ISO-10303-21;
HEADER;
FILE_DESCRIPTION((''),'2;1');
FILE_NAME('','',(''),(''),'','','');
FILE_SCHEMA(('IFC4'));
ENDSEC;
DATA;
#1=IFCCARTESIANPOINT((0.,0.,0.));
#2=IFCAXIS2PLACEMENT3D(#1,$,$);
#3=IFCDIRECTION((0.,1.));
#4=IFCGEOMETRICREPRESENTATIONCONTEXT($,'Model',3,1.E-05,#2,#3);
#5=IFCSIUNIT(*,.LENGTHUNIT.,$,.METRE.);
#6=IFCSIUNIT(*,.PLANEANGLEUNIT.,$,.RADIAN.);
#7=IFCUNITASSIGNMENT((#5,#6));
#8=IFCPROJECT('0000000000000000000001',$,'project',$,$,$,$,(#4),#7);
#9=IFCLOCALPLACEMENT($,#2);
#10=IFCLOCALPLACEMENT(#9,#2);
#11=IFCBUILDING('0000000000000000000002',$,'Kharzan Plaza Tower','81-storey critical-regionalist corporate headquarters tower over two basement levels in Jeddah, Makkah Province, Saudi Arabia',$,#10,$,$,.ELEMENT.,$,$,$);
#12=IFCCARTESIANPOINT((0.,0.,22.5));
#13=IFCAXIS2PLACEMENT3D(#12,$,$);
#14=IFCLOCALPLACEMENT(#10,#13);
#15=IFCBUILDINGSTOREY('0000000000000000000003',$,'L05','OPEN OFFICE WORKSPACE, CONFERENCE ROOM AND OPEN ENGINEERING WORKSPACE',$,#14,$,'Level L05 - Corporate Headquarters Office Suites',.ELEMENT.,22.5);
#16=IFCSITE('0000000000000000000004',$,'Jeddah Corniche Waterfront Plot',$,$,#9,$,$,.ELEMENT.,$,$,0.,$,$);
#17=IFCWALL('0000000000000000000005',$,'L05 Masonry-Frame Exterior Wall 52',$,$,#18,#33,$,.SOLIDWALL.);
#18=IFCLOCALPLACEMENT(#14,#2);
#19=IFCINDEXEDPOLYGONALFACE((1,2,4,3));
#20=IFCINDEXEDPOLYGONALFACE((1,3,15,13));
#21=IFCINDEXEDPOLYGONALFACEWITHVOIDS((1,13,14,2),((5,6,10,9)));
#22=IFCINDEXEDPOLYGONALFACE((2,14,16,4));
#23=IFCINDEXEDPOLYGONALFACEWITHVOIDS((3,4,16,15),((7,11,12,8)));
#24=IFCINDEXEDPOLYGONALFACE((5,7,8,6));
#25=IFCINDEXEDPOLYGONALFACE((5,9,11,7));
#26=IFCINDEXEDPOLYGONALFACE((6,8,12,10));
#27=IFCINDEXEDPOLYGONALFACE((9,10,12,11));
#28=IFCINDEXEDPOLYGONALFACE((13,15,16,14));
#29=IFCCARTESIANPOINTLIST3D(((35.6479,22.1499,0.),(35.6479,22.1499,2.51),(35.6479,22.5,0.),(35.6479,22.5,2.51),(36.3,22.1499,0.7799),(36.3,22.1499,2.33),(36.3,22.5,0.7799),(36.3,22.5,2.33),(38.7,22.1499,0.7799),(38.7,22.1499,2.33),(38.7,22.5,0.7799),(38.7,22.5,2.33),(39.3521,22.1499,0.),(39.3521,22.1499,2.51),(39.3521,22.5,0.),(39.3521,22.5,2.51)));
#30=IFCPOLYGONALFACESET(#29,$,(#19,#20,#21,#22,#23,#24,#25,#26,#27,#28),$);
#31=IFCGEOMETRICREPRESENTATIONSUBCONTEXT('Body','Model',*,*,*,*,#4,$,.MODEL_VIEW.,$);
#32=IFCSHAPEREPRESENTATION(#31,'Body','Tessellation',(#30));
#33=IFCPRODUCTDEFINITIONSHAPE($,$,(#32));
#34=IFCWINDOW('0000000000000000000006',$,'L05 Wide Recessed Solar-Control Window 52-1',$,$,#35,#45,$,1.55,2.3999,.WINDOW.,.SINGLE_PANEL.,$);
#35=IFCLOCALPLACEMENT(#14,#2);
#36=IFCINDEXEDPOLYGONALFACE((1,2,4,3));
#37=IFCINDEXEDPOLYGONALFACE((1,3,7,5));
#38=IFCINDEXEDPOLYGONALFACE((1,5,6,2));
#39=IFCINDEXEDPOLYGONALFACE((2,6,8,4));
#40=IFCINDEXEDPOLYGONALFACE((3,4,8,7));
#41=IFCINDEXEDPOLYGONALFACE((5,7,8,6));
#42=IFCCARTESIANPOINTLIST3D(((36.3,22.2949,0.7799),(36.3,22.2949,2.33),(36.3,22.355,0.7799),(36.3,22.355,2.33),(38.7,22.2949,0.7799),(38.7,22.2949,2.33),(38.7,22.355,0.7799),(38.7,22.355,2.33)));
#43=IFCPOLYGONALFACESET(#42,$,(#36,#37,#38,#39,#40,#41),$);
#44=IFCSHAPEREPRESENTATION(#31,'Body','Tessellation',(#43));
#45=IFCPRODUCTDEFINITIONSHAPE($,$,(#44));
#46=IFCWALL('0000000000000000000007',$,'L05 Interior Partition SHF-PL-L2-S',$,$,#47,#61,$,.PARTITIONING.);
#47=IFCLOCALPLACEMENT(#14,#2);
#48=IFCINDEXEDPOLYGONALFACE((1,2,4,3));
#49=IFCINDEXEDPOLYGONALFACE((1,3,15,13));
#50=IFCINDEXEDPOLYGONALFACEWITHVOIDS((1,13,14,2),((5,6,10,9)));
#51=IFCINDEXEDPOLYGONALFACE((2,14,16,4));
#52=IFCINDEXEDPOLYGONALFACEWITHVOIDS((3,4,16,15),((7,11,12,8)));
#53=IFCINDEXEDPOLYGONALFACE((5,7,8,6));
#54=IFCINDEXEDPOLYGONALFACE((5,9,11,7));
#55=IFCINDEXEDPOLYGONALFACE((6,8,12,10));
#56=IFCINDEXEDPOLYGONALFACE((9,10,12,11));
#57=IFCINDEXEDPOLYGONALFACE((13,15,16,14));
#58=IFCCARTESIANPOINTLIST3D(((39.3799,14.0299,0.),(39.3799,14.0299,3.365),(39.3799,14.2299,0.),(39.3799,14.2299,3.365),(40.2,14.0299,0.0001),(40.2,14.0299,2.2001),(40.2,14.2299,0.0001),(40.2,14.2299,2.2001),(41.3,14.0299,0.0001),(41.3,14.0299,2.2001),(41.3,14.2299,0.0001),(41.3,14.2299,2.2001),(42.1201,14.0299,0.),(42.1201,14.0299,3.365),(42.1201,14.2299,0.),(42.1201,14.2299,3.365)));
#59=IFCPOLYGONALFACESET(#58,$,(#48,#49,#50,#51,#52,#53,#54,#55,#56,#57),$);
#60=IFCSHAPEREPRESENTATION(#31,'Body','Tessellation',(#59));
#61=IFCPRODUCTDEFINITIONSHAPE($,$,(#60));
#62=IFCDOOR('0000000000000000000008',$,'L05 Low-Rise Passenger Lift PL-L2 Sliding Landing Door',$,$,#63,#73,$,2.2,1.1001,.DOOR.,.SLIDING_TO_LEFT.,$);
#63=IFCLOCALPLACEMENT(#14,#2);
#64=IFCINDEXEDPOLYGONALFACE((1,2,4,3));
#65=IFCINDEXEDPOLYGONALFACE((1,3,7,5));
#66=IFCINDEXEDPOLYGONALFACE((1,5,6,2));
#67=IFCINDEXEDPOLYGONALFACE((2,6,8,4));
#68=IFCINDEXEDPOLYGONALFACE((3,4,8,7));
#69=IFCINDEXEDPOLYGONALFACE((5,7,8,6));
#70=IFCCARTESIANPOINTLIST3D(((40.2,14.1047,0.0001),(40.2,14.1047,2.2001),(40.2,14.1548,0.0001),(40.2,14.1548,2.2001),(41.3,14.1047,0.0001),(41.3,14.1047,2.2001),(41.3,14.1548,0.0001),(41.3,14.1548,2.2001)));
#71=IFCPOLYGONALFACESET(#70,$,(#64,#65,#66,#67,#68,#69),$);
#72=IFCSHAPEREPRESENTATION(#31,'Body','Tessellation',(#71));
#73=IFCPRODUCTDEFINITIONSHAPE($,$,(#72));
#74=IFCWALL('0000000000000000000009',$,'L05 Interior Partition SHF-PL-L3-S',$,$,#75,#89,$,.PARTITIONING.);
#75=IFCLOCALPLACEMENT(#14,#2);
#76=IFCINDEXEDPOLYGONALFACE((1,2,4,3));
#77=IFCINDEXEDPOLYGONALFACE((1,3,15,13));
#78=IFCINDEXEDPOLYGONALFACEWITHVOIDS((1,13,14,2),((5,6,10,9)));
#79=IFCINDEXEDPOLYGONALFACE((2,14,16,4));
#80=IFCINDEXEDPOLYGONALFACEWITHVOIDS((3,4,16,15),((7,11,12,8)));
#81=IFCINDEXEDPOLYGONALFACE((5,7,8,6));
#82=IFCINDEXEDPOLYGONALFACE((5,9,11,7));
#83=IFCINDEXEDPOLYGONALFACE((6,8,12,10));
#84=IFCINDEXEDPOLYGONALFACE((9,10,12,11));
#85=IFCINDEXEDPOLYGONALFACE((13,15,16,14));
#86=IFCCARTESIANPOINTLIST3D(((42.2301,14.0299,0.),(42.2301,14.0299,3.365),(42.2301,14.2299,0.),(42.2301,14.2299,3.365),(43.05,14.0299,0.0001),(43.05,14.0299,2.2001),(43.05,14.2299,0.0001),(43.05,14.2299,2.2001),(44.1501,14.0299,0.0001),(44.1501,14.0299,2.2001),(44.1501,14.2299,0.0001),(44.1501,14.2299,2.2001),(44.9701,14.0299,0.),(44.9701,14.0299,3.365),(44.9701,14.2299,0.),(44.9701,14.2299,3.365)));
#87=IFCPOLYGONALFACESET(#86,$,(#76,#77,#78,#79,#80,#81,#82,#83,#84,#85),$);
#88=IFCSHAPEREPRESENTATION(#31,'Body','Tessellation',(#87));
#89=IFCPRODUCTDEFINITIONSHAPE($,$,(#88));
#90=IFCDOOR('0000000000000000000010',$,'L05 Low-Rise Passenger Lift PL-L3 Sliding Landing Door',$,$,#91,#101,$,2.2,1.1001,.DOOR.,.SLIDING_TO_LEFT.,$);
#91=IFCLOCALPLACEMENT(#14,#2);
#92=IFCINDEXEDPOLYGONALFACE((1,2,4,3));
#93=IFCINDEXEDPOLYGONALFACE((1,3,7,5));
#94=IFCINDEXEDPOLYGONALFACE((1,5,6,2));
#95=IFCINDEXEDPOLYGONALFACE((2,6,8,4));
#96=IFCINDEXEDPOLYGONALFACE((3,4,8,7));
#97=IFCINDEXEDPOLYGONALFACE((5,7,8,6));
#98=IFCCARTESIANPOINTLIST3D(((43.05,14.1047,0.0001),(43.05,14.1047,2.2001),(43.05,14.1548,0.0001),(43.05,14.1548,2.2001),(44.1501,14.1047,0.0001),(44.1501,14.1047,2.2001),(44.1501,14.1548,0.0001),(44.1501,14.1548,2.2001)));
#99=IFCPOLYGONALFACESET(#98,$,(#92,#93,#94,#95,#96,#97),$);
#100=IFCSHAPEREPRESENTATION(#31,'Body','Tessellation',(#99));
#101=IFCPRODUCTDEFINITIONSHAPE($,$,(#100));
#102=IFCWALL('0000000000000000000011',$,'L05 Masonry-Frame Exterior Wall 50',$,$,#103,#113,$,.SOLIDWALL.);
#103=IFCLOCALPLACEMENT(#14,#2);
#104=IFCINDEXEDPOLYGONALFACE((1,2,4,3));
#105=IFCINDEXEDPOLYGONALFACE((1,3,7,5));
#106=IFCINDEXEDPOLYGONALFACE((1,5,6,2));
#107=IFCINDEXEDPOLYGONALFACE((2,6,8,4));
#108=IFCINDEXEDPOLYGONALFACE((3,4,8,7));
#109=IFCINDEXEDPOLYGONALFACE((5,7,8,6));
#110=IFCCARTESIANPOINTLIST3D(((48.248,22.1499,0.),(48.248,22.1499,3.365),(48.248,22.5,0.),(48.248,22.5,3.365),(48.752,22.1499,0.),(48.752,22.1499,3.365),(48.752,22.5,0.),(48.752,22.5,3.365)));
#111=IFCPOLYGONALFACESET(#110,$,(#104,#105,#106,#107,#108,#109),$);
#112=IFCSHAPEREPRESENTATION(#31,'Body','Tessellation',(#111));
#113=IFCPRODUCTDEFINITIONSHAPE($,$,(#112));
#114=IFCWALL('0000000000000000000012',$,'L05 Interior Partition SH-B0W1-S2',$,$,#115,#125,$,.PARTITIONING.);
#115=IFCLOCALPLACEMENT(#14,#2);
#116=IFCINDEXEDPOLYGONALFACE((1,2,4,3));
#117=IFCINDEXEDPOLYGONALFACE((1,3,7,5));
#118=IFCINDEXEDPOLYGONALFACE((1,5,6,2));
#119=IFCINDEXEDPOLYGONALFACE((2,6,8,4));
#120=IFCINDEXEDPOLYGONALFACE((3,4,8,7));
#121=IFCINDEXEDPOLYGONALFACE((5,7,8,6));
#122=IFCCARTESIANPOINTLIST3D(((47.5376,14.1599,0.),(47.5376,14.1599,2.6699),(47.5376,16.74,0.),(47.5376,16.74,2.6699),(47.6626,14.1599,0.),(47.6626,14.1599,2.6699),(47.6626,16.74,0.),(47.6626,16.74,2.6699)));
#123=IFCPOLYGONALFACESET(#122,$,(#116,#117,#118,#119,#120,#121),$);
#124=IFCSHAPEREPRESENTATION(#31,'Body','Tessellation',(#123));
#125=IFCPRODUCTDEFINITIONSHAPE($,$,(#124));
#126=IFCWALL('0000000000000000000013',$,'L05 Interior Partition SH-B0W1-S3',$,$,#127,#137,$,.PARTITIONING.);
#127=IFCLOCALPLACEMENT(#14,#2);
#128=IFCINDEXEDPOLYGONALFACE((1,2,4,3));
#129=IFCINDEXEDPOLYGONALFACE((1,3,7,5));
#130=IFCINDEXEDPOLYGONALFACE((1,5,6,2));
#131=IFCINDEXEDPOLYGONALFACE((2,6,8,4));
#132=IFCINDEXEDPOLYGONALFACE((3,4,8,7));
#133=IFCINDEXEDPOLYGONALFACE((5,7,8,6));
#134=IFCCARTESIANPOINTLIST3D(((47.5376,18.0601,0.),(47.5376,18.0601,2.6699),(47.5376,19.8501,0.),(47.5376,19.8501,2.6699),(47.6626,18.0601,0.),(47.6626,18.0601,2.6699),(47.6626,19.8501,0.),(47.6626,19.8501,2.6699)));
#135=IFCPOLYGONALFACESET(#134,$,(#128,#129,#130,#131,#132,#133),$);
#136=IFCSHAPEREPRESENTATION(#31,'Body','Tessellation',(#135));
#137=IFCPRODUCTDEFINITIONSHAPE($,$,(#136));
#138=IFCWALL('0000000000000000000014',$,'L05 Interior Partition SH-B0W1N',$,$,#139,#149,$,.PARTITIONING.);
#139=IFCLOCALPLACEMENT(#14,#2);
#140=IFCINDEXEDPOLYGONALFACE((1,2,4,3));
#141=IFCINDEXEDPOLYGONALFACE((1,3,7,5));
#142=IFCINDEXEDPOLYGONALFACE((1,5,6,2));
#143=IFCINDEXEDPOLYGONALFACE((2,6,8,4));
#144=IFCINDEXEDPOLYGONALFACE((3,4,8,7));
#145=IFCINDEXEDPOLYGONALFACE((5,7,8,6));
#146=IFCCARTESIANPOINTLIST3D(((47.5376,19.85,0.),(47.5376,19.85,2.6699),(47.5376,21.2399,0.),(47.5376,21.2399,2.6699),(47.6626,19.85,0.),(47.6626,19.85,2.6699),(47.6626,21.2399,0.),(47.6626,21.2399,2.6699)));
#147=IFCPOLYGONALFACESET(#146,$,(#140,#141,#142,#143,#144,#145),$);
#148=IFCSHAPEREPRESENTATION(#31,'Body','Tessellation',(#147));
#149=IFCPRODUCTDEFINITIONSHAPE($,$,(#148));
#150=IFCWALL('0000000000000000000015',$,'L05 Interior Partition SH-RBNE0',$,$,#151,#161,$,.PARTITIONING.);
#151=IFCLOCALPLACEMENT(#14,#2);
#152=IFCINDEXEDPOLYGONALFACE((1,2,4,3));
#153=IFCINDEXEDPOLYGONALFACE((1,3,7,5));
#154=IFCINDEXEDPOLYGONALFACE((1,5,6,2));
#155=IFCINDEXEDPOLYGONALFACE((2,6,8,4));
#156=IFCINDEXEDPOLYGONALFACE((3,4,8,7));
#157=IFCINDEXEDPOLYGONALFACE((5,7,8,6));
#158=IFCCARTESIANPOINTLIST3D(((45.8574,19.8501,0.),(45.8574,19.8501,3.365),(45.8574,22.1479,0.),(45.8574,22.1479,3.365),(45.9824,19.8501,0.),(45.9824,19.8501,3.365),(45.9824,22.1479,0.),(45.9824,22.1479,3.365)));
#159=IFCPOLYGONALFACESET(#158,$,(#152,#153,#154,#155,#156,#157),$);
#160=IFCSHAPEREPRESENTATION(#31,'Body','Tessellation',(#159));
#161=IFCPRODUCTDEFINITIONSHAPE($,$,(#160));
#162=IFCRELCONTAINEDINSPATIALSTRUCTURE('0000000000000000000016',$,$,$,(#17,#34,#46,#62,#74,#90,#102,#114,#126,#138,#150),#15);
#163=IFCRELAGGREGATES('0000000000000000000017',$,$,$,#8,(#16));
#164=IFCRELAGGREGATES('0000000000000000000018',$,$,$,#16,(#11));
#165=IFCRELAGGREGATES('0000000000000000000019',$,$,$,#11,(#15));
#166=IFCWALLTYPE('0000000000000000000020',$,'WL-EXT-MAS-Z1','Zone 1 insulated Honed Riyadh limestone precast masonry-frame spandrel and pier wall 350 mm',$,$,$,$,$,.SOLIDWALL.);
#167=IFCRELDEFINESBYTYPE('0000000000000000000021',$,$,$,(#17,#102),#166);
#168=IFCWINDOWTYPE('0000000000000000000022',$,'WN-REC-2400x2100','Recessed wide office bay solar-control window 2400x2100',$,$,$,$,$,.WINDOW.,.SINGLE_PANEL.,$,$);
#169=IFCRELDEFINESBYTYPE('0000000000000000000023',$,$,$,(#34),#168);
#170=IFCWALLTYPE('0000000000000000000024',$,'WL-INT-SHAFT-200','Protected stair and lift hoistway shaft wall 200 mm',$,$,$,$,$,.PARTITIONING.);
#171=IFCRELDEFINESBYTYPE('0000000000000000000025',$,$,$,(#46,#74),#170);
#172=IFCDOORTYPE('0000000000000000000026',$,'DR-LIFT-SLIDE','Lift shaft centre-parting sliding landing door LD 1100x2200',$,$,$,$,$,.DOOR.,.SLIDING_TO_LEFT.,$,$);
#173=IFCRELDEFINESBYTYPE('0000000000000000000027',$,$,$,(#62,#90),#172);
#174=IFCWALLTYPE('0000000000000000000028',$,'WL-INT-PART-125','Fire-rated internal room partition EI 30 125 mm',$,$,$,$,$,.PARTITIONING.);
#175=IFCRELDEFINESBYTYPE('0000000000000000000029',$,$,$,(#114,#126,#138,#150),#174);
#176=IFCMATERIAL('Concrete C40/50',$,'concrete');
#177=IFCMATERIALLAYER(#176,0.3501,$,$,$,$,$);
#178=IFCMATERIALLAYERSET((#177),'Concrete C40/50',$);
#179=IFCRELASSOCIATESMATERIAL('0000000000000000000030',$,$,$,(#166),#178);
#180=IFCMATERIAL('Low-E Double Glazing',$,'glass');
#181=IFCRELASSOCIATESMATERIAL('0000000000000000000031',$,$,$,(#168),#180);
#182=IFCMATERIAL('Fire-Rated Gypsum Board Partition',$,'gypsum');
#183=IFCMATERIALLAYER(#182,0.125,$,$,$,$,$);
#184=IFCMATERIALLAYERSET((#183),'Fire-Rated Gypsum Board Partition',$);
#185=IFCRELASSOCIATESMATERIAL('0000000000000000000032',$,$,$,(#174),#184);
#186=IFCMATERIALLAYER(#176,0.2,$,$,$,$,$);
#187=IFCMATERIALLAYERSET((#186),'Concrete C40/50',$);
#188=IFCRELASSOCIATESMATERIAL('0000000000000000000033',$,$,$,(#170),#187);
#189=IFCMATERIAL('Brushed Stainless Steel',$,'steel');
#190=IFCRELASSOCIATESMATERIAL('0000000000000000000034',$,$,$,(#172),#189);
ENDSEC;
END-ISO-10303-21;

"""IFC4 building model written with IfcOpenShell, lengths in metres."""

from ifc_helpers import new_model, si_unit, direction, frame, frame_2d, origin, place, context, subcontext, project, spatial, rectangle, extrude, source, transform, mapped, material, layer, layer_set, type_object, element, fill, save


model = new_model("IFC4")

# Units and contexts
model_context = context("Model", 3, precision=1e-05, world=origin(), true_north=direction((0.0, 1.0)))
body_context = subcontext(model_context, "Body", "Model", "MODEL_VIEW")
ifc_project = project(units=[si_unit("LENGTHUNIT", "METRE"), si_unit("PLANEANGLEUNIT", "RADIAN")], contexts=[model_context])

# Site, building, storey
site_placement = place(None, origin())
site = spatial("IfcSite", under=ifc_project, at=site_placement, Name="Jeddah Corniche Waterfront Plot", CompositionType="ELEMENT", RefElevation=0.0)
building_placement = place(site_placement, origin())
building = spatial("IfcBuilding", under=site, at=building_placement, Name="Kharzan Plaza Tower", Description="81-storey critical-regionalist corporate headquarters tower over two basement levels in Jeddah, Makkah Province, Saudi Arabia", CompositionType="ELEMENT")
storey_placement = place(building_placement, frame((0.0, 0.0, 22.5)))
storey = spatial("IfcBuildingStorey", under=building, at=storey_placement, Name="L05", Description="OPEN OFFICE WORKSPACE, CONFERENCE ROOM AND OPEN ENGINEERING WORKSPACE", LongName="Level L05 - Corporate Headquarters Office Suites", CompositionType="ELEMENT", Elevation=22.5)

# Shared definitions
ifc_material_1 = material(Name="Concrete C40/50", Category="concrete")
ifc_layer_1 = layer(ifc_material_1, 0.3501)
ifc_layer_set_1 = layer_set([ifc_layer_1], Name="Concrete C40/50")
wall_type_1 = type_object("IfcWallType", Name="WL-EXT-MAS-Z1", Description="Zone 1 insulated Honed Riyadh limestone precast masonry-frame spandrel and pier wall 350 mm", PredefinedType="SOLIDWALL", material=ifc_layer_set_1)
ifc_material_2 = material(Name="Low-E Double Glazing", Category="glass")

# Wall, opening, window
wall_1_placement = place(storey_placement, frame((39.3521, 22.325, 0.0), z_axis=(0.0, 0.0, 1.0), x_axis=(-1.0, 0.0, 0.0)))
wall_1 = element("IfcWall", 1, at=wall_1_placement, inside=storey, type_object=wall_type_1, Name="L05 Masonry-Frame Exterior Wall 52", PredefinedType="SOLIDWALL", context=body_context, shape_type="SweptSolid", body=[
    extrude(rectangle(XDim=3.7041, YDim=0.3501, at=frame_2d((1.8521, 0.0))), origin(), (0.0, 0.0, 1.0), 2.51),
])
opening_1_placement = place(wall_1_placement, frame((0.6521, 0.0, 0.78)))
opening_1 = element("IfcOpeningElement", 2, at=opening_1_placement, cuts=wall_1, PredefinedType="OPENING", context=body_context, shape_type="SweptSolid", body=[
    extrude(rectangle(XDim=2.3999, YDim=1.55, at=frame_2d((1.2, 0.7749))), frame((0.0, 0.1851, 0.0), z_axis=(0.0, -1.0, 0.0), x_axis=(1.0, 0.0, 0.0)), (0.0, 0.0, 1.0), 0.3701),
])
window_type_1 = type_object("IfcWindowType", Name="WN-REC-2400x2100", Description="Recessed wide office bay solar-control window 2400x2100", PartitioningType="SINGLE_PANEL", PredefinedType="WINDOW", material=ifc_material_2)
shared_shape_1 = source(origin(), body_context, "Body", "SweptSolid", [
    extrude(rectangle(XDim=2.3999, YDim=1.55, at=frame_2d((1.2, 0.7749))), frame((0.0, 0.03, 0.0), z_axis=(0.0, -1.0, 0.0), x_axis=(1.0, 0.0, 0.0)), (0.0, 0.0, 1.0), 0.0601),
])
window_1_placement = place(opening_1_placement, origin())
window_1 = element("IfcWindow", 3, at=window_1_placement, inside=storey, type_object=window_type_1, Name="L05 Wide Recessed Solar-Control Window 52-1", OverallHeight=1.55, OverallWidth=2.3999, PartitioningType="SINGLE_PANEL", PredefinedType="WINDOW", context=body_context, shape_type="MappedRepresentation", body=[
    mapped(shared_shape_1, transform((0.0, 0.0, 0.0), x_axis=(1.0, 0.0, 0.0), y_axis=(0.0, 1.0, 0.0), z_axis=(0.0, 0.0, 1.0))),
])
fill(opening_1, window_1)

# Walls, openings, doors
ifc_material_3 = material(Name="Fire-Rated Gypsum Board Partition", Category="gypsum")
ifc_layer_2 = layer(ifc_material_3, 0.125)
ifc_layer_set_2 = layer_set([ifc_layer_2], Name="Fire-Rated Gypsum Board Partition")
wall_type_2 = type_object("IfcWallType", Name="WL-INT-PART-125", Description="Fire-rated internal room partition EI 30 125 mm", PredefinedType="PARTITIONING", material=ifc_layer_set_2)
ifc_layer_3 = layer(ifc_material_1, 0.2)
ifc_layer_set_3 = layer_set([ifc_layer_3], Name="Concrete C40/50")
wall_type_3 = type_object("IfcWallType", Name="WL-INT-SHAFT-200", Description="Protected stair and lift hoistway shaft wall 200 mm", PredefinedType="PARTITIONING", material=ifc_layer_set_3)
wall_2_placement = place(storey_placement, frame((39.3799, 14.1299, 0.0), z_axis=(0.0, 0.0, 1.0), x_axis=(1.0, 0.0, 0.0)))
wall_2 = element("IfcWall", 4, at=wall_2_placement, inside=storey, type_object=wall_type_3, Name="L05 Interior Partition SHF-PL-L2-S", PredefinedType="PARTITIONING", context=body_context, shape_type="SweptSolid", body=[
    extrude(rectangle(XDim=2.7402, YDim=0.2, at=frame_2d((1.3701, 0.0))), origin(), (0.0, 0.0, 1.0), 3.365),
])
opening_2_placement = place(wall_2_placement, frame((0.8201, 0.0, 0.0)))
opening_2 = element("IfcOpeningElement", 5, at=opening_2_placement, cuts=wall_2, PredefinedType="OPENING", context=body_context, shape_type="SweptSolid", body=[
    extrude(rectangle(XDim=1.1001, YDim=2.2, at=frame_2d((0.55, 1.1001))), frame((0.0, 0.1099, 0.0), z_axis=(0.0, -1.0, 0.0), x_axis=(1.0, 0.0, 0.0)), (0.0, 0.0, 1.0), 0.22),
])
ifc_material_4 = material(Name="Brushed Stainless Steel", Category="steel")
door_type_1 = type_object("IfcDoorType", Name="DR-LIFT-SLIDE", Description="Lift shaft centre-parting sliding landing door LD 1100x2200", OperationType="SLIDING_TO_LEFT", PredefinedType="DOOR", material=ifc_material_4)
shared_shape_2 = source(origin(), body_context, "Body", "SweptSolid", [
    extrude(rectangle(XDim=1.1001, YDim=2.2, at=frame_2d((0.55, 1.1001))), frame((0.0, 0.0249, 0.0), z_axis=(0.0, -1.0, 0.0), x_axis=(1.0, 0.0, 0.0)), (0.0, 0.0, 1.0), 0.05),
])
door_1_placement = place(opening_2_placement, origin())
door_1 = element("IfcDoor", 6, at=door_1_placement, inside=storey, type_object=door_type_1, Name="L05 Low-Rise Passenger Lift PL-L2 Sliding Landing Door", OperationType="SLIDING_TO_LEFT", OverallHeight=2.2, OverallWidth=1.1001, PredefinedType="DOOR", context=body_context, shape_type="MappedRepresentation", body=[
    mapped(shared_shape_2, transform((0.0, 0.0, 0.0), x_axis=(1.0, 0.0, 0.0), y_axis=(0.0, 1.0, 0.0), z_axis=(0.0, 0.0, 1.0))),
])
fill(opening_2, door_1)
wall_3_placement = place(storey_placement, frame((42.23, 14.1299, 0.0), z_axis=(0.0, 0.0, 1.0), x_axis=(1.0, 0.0, 0.0)))
wall_3 = element("IfcWall", 7, at=wall_3_placement, inside=storey, type_object=wall_type_3, Name="L05 Interior Partition SHF-PL-L3-S", PredefinedType="PARTITIONING", context=body_context, shape_type="SweptSolid", body=[
    extrude(rectangle(XDim=2.74, YDim=0.2, at=frame_2d((1.3701, 0.0))), origin(), (0.0, 0.0, 1.0), 3.365),
])
opening_3_placement = place(wall_3_placement, frame((0.8201, 0.0, 0.0)))
opening_3 = element("IfcOpeningElement", 8, at=opening_3_placement, cuts=wall_3, PredefinedType="OPENING", context=body_context, shape_type="SweptSolid", body=[
    extrude(rectangle(XDim=1.1001, YDim=2.2, at=frame_2d((0.55, 1.1001))), frame((0.0, 0.1099, 0.0), z_axis=(0.0, -1.0, 0.0), x_axis=(1.0, 0.0, 0.0)), (0.0, 0.0, 1.0), 0.22),
])
door_2_placement = place(opening_3_placement, origin())
door_2 = element("IfcDoor", 9, at=door_2_placement, inside=storey, type_object=door_type_1, Name="L05 Low-Rise Passenger Lift PL-L3 Sliding Landing Door", OperationType="SLIDING_TO_LEFT", OverallHeight=2.2, OverallWidth=1.1001, PredefinedType="DOOR", context=body_context, shape_type="MappedRepresentation", body=[
    mapped(shared_shape_2, transform((0.0, 0.0, 0.0), x_axis=(1.0, 0.0, 0.0), y_axis=(0.0, 1.0, 0.0), z_axis=(0.0, 0.0, 1.0))),
])
fill(opening_3, door_2)

# Walls
shared_shape_3 = source(origin(), body_context, "Body", "SweptSolid", [
    extrude(rectangle(XDim=0.5039, YDim=0.3501, at=frame_2d((0.252, 0.0))), origin(), (0.0, 0.0, 1.0), 3.365),
])
wall_4_placement = place(storey_placement, frame((48.752, 22.325, 0.0), z_axis=(0.0, 0.0, 1.0), x_axis=(-1.0, 0.0, 0.0)))
element("IfcWall", 10, at=wall_4_placement, inside=storey, type_object=wall_type_1, Name="L05 Masonry-Frame Exterior Wall 50", PredefinedType="SOLIDWALL", context=body_context, shape_type="MappedRepresentation", body=[
    mapped(shared_shape_3, transform((0.0, 0.0, 0.0), x_axis=(1.0, 0.0, 0.0), y_axis=(0.0, 1.0, 0.0), z_axis=(0.0, 0.0, 1.0))),
])
shared_shape_4 = source(origin(), body_context, "Body", "SweptSolid", [
    extrude(rectangle(XDim=2.5801, YDim=0.125, at=frame_2d((1.29, 0.0))), origin(), (0.0, 0.0, 1.0), 2.6699),
])
wall_5_placement = place(storey_placement, frame((47.6001, 14.1599, 0.0), z_axis=(0.0, 0.0, 1.0), x_axis=(0.0, 1.0, 0.0)))
element("IfcWall", 11, at=wall_5_placement, inside=storey, type_object=wall_type_2, Name="L05 Interior Partition SH-B0W1-S2", PredefinedType="PARTITIONING", context=body_context, shape_type="MappedRepresentation", body=[
    mapped(shared_shape_4, transform((0.0, 0.0, 0.0), x_axis=(1.0, 0.0, 0.0), y_axis=(0.0, 1.0, 0.0), z_axis=(0.0, 0.0, 1.0))),
])
shared_shape_5 = source(origin(), body_context, "Body", "SweptSolid", [
    extrude(rectangle(XDim=1.79, YDim=0.125, at=frame_2d((0.895, 0.0))), origin(), (0.0, 0.0, 1.0), 2.6699),
])
wall_6_placement = place(storey_placement, frame((47.6001, 18.0601, 0.0), z_axis=(0.0, 0.0, 1.0), x_axis=(0.0, 1.0, 0.0)))
element("IfcWall", 12, at=wall_6_placement, inside=storey, type_object=wall_type_2, Name="L05 Interior Partition SH-B0W1-S3", PredefinedType="PARTITIONING", context=body_context, shape_type="MappedRepresentation", body=[
    mapped(shared_shape_5, transform((0.0, 0.0, 0.0), x_axis=(1.0, 0.0, 0.0), y_axis=(0.0, 1.0, 0.0), z_axis=(0.0, 0.0, 1.0))),
])
shared_shape_6 = source(origin(), body_context, "Body", "SweptSolid", [
    extrude(rectangle(XDim=1.3899, YDim=0.125, at=frame_2d((0.6948, 0.0))), origin(), (0.0, 0.0, 1.0), 2.6699),
])
wall_7_placement = place(storey_placement, frame((47.6001, 19.8501, 0.0), z_axis=(0.0, 0.0, 1.0), x_axis=(0.0, 1.0, 0.0)))
element("IfcWall", 13, at=wall_7_placement, inside=storey, type_object=wall_type_2, Name="L05 Interior Partition SH-B0W1N", PredefinedType="PARTITIONING", context=body_context, shape_type="MappedRepresentation", body=[
    mapped(shared_shape_6, transform((0.0, 0.0, 0.0), x_axis=(1.0, 0.0, 0.0), y_axis=(0.0, 1.0, 0.0), z_axis=(0.0, 0.0, 1.0))),
])
shared_shape_7 = source(origin(), body_context, "Body", "SweptSolid", [
    extrude(rectangle(XDim=2.2979, YDim=0.125, at=frame_2d((1.1489, 0.0))), origin(), (0.0, 0.0, 1.0), 3.365),
])
wall_8_placement = place(storey_placement, frame((45.9199, 19.8501, 0.0), z_axis=(0.0, 0.0, 1.0), x_axis=(0.0, 1.0, 0.0)))
element("IfcWall", 14, at=wall_8_placement, inside=storey, type_object=wall_type_2, Name="L05 Interior Partition SH-RBNE0", PredefinedType="PARTITIONING", context=body_context, shape_type="MappedRepresentation", body=[
    mapped(shared_shape_7, transform((0.0, 0.0, 0.0), x_axis=(1.0, 0.0, 0.0), y_axis=(0.0, 1.0, 0.0), z_axis=(0.0, 0.0, 1.0))),
])

save(model, "model.ifc")
